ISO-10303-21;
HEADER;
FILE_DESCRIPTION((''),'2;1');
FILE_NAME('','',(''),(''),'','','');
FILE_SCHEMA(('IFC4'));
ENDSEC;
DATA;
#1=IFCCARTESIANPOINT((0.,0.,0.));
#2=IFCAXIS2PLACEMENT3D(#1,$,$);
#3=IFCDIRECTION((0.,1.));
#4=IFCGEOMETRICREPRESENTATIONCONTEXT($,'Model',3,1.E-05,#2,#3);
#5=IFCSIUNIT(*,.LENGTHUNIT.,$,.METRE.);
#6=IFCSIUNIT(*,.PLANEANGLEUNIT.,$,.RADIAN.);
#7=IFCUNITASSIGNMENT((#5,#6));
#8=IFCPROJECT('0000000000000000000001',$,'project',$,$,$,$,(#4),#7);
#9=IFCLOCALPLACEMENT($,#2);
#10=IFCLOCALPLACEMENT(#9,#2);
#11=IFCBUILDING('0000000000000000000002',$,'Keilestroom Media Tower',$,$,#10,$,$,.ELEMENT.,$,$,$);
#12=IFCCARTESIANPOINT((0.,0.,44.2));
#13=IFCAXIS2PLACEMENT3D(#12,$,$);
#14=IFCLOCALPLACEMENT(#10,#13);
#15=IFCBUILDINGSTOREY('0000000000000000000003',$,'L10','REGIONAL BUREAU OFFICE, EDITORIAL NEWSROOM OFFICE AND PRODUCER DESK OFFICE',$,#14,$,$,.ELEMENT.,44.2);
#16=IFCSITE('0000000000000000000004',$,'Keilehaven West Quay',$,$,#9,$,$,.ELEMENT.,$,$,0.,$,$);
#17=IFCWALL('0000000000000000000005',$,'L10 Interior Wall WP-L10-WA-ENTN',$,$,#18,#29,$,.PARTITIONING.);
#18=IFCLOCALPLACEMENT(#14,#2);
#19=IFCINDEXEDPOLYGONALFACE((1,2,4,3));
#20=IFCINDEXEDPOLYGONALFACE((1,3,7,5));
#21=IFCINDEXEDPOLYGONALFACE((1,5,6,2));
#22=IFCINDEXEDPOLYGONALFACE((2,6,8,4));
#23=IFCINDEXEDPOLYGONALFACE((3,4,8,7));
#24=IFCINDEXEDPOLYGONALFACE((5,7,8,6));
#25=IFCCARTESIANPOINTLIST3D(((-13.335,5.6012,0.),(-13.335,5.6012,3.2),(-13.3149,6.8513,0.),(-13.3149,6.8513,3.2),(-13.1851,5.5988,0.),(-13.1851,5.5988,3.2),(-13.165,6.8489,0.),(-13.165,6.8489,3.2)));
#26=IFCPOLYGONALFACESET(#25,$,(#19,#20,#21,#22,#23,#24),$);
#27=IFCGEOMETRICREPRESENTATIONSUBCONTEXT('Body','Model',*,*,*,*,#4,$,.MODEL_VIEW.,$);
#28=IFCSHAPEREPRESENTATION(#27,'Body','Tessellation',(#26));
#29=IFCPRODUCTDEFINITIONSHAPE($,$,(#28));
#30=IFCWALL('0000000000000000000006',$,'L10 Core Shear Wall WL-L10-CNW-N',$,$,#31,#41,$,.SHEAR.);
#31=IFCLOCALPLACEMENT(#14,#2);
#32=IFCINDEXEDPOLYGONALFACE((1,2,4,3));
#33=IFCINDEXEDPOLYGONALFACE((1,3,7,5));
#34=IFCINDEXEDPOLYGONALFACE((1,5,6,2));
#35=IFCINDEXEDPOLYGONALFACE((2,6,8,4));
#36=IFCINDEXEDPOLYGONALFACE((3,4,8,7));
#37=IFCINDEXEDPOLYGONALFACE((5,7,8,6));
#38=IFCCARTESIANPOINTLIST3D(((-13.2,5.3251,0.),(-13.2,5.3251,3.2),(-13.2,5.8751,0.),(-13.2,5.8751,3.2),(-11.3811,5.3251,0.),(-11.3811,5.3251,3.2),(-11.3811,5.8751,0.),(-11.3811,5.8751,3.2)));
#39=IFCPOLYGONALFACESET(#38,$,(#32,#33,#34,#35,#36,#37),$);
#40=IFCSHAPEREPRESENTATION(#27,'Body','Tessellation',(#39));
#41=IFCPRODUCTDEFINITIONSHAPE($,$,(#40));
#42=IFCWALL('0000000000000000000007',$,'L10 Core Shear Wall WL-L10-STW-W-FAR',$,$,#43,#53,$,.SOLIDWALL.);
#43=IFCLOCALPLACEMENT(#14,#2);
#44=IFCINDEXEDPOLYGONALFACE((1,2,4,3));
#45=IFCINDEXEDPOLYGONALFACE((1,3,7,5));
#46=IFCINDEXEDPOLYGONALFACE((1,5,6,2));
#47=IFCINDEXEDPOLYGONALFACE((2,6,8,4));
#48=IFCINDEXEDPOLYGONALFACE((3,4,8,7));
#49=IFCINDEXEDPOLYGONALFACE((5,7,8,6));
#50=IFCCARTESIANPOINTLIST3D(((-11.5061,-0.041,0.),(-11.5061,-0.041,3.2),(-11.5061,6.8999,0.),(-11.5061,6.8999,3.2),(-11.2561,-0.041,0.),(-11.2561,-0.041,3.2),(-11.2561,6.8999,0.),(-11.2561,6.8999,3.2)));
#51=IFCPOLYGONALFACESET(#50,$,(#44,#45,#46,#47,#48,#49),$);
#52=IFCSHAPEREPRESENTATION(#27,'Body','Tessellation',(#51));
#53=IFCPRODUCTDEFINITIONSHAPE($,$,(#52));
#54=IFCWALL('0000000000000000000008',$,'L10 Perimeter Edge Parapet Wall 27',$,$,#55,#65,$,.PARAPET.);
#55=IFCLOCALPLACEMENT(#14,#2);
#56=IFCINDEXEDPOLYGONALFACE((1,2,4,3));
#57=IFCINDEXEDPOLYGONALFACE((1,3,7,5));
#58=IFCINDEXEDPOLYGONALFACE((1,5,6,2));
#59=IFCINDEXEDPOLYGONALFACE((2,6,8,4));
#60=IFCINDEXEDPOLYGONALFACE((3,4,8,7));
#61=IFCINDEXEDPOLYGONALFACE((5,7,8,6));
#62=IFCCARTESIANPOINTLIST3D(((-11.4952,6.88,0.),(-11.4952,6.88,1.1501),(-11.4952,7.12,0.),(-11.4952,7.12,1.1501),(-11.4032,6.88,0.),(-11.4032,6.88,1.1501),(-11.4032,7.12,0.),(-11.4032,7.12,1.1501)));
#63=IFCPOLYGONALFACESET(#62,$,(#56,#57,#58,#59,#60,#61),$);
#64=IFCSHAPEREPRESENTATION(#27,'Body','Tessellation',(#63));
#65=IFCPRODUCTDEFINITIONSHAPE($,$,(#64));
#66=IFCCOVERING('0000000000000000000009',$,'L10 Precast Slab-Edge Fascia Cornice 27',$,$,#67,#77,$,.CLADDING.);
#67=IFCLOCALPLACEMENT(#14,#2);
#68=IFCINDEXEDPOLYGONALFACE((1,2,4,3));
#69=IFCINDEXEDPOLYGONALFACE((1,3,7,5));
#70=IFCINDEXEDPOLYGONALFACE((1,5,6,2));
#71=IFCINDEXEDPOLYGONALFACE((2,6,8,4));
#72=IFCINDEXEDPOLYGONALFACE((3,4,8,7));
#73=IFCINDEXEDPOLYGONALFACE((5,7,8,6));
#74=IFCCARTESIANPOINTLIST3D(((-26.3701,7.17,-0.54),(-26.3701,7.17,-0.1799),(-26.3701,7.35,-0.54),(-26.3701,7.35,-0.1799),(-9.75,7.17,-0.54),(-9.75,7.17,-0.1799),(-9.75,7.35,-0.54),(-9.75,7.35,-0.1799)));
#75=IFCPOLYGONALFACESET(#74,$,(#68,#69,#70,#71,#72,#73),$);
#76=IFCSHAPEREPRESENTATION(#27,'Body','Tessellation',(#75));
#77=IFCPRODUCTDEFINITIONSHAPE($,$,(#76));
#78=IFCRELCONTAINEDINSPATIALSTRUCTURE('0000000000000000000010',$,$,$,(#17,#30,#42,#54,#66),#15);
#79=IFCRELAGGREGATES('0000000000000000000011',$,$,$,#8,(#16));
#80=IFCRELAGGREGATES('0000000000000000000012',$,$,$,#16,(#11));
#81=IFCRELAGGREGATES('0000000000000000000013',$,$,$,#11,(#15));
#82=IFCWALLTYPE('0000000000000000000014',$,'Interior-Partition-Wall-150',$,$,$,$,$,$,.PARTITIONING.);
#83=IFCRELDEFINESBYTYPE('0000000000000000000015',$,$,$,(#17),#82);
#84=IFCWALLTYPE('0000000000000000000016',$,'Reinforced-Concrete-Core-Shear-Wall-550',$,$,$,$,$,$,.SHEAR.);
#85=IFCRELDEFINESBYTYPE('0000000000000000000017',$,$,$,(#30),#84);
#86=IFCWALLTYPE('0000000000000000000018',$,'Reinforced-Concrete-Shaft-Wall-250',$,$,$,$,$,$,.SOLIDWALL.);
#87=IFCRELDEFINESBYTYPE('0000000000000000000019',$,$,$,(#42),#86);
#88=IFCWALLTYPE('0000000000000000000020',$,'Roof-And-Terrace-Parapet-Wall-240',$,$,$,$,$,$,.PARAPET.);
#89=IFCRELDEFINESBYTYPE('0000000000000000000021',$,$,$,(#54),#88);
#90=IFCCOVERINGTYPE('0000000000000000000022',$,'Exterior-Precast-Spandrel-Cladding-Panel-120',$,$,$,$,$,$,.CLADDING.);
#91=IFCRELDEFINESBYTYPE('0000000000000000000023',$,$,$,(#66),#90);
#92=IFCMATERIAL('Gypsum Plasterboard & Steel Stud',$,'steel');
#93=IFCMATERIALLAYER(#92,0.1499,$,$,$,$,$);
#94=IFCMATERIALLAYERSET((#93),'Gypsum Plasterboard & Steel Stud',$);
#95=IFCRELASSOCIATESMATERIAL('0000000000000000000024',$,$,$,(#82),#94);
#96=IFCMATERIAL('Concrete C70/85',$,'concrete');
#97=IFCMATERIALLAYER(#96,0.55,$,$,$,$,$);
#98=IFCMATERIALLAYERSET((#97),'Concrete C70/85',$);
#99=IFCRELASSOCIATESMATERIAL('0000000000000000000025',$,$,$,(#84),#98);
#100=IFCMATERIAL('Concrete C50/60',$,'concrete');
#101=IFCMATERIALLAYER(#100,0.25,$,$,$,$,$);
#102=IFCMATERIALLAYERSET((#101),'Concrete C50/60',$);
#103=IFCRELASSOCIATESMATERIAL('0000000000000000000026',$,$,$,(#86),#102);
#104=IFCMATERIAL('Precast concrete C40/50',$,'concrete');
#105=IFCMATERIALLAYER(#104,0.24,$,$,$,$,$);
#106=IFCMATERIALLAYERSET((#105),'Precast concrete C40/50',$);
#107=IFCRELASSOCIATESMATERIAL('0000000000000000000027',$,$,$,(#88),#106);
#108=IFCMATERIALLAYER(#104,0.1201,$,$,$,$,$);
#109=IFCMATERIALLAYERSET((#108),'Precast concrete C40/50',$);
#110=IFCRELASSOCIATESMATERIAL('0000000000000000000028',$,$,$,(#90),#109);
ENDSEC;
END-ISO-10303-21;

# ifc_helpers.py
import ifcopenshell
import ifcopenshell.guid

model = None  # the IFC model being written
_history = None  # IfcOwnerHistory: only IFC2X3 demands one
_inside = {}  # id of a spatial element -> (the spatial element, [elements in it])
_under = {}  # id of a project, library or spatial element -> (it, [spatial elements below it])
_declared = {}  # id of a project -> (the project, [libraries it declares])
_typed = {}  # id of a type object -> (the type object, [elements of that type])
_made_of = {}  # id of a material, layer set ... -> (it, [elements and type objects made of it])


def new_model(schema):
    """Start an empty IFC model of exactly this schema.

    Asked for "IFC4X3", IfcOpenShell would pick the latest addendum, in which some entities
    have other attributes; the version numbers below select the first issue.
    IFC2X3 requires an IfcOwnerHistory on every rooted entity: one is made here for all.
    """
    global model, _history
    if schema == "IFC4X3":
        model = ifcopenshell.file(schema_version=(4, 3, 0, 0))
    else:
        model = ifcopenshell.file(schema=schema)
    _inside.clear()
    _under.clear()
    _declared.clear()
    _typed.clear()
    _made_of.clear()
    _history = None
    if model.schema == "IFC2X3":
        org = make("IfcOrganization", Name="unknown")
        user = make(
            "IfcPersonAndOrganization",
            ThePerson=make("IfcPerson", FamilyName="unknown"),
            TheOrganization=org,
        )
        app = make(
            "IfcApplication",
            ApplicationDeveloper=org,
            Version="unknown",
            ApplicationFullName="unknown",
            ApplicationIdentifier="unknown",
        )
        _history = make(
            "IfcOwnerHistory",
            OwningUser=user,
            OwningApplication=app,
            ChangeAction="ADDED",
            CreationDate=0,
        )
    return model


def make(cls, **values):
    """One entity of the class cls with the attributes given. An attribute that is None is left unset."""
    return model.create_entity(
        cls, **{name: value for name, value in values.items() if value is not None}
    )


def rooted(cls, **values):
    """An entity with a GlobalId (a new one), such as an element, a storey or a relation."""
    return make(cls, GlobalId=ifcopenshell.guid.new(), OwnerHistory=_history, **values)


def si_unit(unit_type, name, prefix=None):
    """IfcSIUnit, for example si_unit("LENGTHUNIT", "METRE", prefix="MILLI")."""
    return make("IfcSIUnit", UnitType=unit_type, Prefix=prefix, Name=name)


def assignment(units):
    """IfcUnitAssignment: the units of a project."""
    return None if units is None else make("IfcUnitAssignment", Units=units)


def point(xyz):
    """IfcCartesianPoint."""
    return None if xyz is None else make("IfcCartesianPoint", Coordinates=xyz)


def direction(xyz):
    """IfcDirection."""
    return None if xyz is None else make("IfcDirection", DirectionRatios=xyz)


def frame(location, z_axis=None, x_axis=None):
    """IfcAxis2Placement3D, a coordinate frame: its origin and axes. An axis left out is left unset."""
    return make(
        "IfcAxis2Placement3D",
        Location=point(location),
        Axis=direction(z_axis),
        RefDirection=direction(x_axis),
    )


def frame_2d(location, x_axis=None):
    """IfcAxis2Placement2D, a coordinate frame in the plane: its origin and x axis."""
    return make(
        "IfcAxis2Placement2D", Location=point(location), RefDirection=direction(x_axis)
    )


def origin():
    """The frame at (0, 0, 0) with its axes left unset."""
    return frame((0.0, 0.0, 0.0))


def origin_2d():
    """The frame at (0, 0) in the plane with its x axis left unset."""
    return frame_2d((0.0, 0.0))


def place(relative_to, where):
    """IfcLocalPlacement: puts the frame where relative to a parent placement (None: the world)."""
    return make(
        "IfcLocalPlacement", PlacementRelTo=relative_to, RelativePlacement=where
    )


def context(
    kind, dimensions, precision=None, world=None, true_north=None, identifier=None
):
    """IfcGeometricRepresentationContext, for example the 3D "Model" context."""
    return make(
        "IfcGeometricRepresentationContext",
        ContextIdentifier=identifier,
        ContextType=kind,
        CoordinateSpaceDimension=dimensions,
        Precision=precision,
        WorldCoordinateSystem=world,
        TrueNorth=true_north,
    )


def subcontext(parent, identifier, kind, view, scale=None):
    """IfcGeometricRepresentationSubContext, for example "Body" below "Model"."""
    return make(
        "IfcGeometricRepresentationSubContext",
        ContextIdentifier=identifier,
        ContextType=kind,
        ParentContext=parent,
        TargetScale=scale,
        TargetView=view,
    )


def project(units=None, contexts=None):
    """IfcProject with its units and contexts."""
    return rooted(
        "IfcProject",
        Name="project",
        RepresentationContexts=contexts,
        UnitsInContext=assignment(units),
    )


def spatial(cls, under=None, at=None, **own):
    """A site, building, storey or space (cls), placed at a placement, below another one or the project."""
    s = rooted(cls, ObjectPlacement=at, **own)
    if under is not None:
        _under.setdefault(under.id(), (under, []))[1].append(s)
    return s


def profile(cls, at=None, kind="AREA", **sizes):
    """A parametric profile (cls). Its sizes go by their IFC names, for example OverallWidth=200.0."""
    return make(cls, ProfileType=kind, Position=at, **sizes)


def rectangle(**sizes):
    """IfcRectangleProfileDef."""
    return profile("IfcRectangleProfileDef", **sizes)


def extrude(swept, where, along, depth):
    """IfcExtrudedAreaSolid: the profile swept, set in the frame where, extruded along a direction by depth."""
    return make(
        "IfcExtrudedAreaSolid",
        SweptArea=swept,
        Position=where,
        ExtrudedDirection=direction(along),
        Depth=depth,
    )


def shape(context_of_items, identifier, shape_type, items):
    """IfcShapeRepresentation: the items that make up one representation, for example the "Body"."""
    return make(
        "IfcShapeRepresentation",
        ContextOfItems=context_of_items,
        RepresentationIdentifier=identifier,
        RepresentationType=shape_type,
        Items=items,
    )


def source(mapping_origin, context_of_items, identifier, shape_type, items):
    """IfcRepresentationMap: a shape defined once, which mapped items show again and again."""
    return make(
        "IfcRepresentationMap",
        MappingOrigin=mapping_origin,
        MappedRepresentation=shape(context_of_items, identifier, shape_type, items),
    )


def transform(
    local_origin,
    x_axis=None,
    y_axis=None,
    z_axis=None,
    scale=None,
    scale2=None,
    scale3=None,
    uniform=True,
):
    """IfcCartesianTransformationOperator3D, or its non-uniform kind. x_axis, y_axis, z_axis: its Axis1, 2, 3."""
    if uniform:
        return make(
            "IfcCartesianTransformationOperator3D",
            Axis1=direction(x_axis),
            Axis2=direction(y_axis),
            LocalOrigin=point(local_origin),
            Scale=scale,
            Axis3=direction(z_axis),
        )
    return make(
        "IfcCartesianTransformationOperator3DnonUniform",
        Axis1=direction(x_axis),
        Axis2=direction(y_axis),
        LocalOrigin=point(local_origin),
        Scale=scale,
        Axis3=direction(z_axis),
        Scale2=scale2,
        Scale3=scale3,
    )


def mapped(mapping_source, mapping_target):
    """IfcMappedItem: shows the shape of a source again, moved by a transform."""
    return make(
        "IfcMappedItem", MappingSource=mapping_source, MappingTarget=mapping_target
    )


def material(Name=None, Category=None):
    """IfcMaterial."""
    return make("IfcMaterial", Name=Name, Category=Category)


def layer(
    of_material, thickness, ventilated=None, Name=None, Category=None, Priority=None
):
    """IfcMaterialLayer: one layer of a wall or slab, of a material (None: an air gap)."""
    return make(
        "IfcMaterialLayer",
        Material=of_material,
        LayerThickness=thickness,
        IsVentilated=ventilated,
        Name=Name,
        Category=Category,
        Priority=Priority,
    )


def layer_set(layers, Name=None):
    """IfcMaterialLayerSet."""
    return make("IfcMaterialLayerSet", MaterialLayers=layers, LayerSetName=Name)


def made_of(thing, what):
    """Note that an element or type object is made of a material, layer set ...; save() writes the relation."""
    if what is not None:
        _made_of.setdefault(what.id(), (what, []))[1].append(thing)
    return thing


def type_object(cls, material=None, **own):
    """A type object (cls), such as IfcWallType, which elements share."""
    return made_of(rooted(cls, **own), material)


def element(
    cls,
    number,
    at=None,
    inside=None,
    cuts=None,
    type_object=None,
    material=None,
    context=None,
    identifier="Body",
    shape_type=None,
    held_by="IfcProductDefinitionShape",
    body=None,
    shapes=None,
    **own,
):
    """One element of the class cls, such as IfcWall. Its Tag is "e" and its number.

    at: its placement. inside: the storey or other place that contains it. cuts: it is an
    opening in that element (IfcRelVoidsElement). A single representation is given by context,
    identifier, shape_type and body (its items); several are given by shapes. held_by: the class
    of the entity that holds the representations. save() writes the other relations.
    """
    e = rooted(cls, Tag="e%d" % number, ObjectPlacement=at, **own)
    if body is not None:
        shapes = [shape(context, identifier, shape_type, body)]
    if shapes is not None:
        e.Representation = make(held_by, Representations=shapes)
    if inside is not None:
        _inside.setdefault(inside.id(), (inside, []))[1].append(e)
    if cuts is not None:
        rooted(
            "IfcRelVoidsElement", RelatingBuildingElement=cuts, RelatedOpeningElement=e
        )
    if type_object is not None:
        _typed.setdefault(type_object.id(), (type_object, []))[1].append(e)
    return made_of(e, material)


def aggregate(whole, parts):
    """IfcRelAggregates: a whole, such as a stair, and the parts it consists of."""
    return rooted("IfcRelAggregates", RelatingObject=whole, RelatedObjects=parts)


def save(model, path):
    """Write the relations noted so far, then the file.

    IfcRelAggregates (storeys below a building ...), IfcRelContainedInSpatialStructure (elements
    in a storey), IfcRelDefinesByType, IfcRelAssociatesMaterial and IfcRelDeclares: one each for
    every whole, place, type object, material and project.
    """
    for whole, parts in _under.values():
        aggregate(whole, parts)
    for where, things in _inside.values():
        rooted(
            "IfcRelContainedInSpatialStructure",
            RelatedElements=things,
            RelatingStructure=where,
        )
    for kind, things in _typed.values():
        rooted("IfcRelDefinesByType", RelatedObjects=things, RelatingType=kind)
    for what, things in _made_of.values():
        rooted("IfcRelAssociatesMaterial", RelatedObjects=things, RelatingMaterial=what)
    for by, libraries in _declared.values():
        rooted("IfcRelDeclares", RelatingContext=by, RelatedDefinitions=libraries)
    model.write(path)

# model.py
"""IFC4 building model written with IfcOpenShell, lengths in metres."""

from ifc_helpers import new_model, si_unit, direction, frame, frame_2d, origin, origin_2d, place, context, subcontext, project, spatial, rectangle, extrude, source, transform, mapped, material, layer, layer_set, type_object, element, save


model = new_model("IFC4")

# Units and contexts
model_context = context("Model", 3, precision=1e-05, world=origin(), true_north=direction((0.0, 1.0)))
body_context = subcontext(model_context, "Body", "Model", "MODEL_VIEW")
ifc_project = project(units=[si_unit("LENGTHUNIT", "METRE"), si_unit("PLANEANGLEUNIT", "RADIAN")], contexts=[model_context])

# Site, building, storey
site_placement = place(None, origin())
site = spatial("IfcSite", under=ifc_project, at=site_placement, Name="Keilehaven West Quay", CompositionType="ELEMENT", RefElevation=0.0)
building_placement = place(site_placement, origin())
building = spatial("IfcBuilding", under=site, at=building_placement, Name="Keilestroom Media Tower", CompositionType="ELEMENT")
storey_placement = place(building_placement, frame((0.0, 0.0, 44.2)))
storey = spatial("IfcBuildingStorey", under=building, at=storey_placement, Name="L10", Description="REGIONAL BUREAU OFFICE, EDITORIAL NEWSROOM OFFICE AND PRODUCER DESK OFFICE", CompositionType="ELEMENT", Elevation=44.2)

# Shared definitions
ifc_material_1 = material(Name="Precast concrete C40/50", Category="concrete")

# Walls
ifc_material_2 = material(Name="Gypsum Plasterboard & Steel Stud", Category="steel")
ifc_layer_1 = layer(ifc_material_2, 0.1499)
ifc_layer_set_1 = layer_set([ifc_layer_1], Name="Gypsum Plasterboard & Steel Stud")
wall_type_1 = type_object("IfcWallType", Name="Interior-Partition-Wall-150", PredefinedType="PARTITIONING", material=ifc_layer_set_1)
wall_1_placement = place(storey_placement, frame((-13.26, 5.6001, 0.0), z_axis=(0.0, 0.0, 1.0), x_axis=(0.016014, 0.999872, 0.0)))
element("IfcWall", 1, at=wall_1_placement, inside=storey, type_object=wall_type_1, Name="L10 Interior Wall WP-L10-WA-ENTN", PredefinedType="PARTITIONING", context=body_context, shape_type="SweptSolid", body=[
    extrude(rectangle(XDim=1.2502, YDim=0.1499, at=frame_2d((0.625, 0.0))), origin(), (0.0, 0.0, 1.0), 3.2),
])
ifc_material_3 = material(Name="Concrete C70/85", Category="concrete")
ifc_layer_2 = layer(ifc_material_3, 0.55)
ifc_layer_set_2 = layer_set([ifc_layer_2], Name="Concrete C70/85")
wall_type_2 = type_object("IfcWallType", Name="Reinforced-Concrete-Core-Shear-Wall-550", PredefinedType="SHEAR", material=ifc_layer_set_2)
wall_2_placement = place(storey_placement, frame((-13.2, 5.6001, 0.0), z_axis=(0.0, 0.0, 1.0), x_axis=(1.0, 0.0, 0.0)))
element("IfcWall", 2, at=wall_2_placement, inside=storey, type_object=wall_type_2, Name="L10 Core Shear Wall WL-L10-CNW-N", PredefinedType="SHEAR", context=body_context, shape_type="SweptSolid", body=[
    extrude(rectangle(XDim=1.8188, YDim=0.55, at=frame_2d((0.9094, 0.0))), origin(), (0.0, 0.0, 1.0), 3.2),
])
ifc_material_4 = material(Name="Concrete C50/60", Category="concrete")
ifc_layer_3 = layer(ifc_material_4, 0.25)
ifc_layer_set_3 = layer_set([ifc_layer_3], Name="Concrete C50/60")
wall_type_3 = type_object("IfcWallType", Name="Reinforced-Concrete-Shaft-Wall-250", PredefinedType="SOLIDWALL", material=ifc_layer_set_3)
wall_3_placement = place(storey_placement, frame((-11.3811, -0.041, 0.0), z_axis=(0.0, 0.0, 1.0), x_axis=(0.0, 1.0, 0.0)))
element("IfcWall", 3, at=wall_3_placement, inside=storey, type_object=wall_type_3, Name="L10 Core Shear Wall WL-L10-STW-W-FAR", PredefinedType="SOLIDWALL", context=body_context, shape_type="SweptSolid", body=[
    extrude(rectangle(XDim=6.9409, YDim=0.25, at=frame_2d((3.4705, 0.0))), origin(), (0.0, 0.0, 1.0), 3.2),
])
ifc_layer_4 = layer(ifc_material_1, 0.24)
ifc_layer_set_4 = layer_set([ifc_layer_4], Name="Precast concrete C40/50")
wall_type_4 = type_object("IfcWallType", Name="Roof-And-Terrace-Parapet-Wall-240", PredefinedType="PARAPET", material=ifc_layer_set_4)
wall_4_placement = place(storey_placement, frame((-11.4951, 7.0, 0.0), z_axis=(0.0, 0.0, 1.0), x_axis=(1.0, 0.0, 0.0)))
element("IfcWall", 4, at=wall_4_placement, inside=storey, type_object=wall_type_4, Name="L10 Perimeter Edge Parapet Wall 27", PredefinedType="PARAPET", context=body_context, shape_type="SweptSolid", body=[
    extrude(rectangle(XDim=0.092, YDim=0.24, at=frame_2d((0.0459, 0.0))), origin(), (0.0, 0.0, 1.0), 1.1501),
])

# Covering
ifc_layer_5 = layer(ifc_material_1, 0.1201)
ifc_layer_set_5 = layer_set([ifc_layer_5], Name="Precast concrete C40/50")
covering_type = type_object("IfcCoveringType", Name="Exterior-Precast-Spandrel-Cladding-Panel-120", PredefinedType="CLADDING", material=ifc_layer_set_5)
shared_shape_1 = source(origin(), body_context, "Body", "SweptSolid", [
    extrude(rectangle(XDim=16.6201, YDim=0.1799, at=origin_2d()), origin(), (0.0, 0.0, 1.0), 0.3601),
])
covering_placement = place(storey_placement, frame((-18.0601, 7.26, -0.54), z_axis=(0.0, 0.0, 1.0), x_axis=(1.0, 0.0, 0.0)))
element("IfcCovering", 5, at=covering_placement, inside=storey, type_object=covering_type, Name="L10 Precast Slab-Edge Fascia Cornice 27", PredefinedType="CLADDING", context=body_context, shape_type="MappedRepresentation", body=[
    mapped(shared_shape_1, transform((0.0, 0.0, 0.0), x_axis=(1.0, 0.0, 0.0), y_axis=(0.0, 1.0, 0.0), z_axis=(0.0, 0.0, 1.0), scale=1.0)),
])

save(model, "model.ifc")
